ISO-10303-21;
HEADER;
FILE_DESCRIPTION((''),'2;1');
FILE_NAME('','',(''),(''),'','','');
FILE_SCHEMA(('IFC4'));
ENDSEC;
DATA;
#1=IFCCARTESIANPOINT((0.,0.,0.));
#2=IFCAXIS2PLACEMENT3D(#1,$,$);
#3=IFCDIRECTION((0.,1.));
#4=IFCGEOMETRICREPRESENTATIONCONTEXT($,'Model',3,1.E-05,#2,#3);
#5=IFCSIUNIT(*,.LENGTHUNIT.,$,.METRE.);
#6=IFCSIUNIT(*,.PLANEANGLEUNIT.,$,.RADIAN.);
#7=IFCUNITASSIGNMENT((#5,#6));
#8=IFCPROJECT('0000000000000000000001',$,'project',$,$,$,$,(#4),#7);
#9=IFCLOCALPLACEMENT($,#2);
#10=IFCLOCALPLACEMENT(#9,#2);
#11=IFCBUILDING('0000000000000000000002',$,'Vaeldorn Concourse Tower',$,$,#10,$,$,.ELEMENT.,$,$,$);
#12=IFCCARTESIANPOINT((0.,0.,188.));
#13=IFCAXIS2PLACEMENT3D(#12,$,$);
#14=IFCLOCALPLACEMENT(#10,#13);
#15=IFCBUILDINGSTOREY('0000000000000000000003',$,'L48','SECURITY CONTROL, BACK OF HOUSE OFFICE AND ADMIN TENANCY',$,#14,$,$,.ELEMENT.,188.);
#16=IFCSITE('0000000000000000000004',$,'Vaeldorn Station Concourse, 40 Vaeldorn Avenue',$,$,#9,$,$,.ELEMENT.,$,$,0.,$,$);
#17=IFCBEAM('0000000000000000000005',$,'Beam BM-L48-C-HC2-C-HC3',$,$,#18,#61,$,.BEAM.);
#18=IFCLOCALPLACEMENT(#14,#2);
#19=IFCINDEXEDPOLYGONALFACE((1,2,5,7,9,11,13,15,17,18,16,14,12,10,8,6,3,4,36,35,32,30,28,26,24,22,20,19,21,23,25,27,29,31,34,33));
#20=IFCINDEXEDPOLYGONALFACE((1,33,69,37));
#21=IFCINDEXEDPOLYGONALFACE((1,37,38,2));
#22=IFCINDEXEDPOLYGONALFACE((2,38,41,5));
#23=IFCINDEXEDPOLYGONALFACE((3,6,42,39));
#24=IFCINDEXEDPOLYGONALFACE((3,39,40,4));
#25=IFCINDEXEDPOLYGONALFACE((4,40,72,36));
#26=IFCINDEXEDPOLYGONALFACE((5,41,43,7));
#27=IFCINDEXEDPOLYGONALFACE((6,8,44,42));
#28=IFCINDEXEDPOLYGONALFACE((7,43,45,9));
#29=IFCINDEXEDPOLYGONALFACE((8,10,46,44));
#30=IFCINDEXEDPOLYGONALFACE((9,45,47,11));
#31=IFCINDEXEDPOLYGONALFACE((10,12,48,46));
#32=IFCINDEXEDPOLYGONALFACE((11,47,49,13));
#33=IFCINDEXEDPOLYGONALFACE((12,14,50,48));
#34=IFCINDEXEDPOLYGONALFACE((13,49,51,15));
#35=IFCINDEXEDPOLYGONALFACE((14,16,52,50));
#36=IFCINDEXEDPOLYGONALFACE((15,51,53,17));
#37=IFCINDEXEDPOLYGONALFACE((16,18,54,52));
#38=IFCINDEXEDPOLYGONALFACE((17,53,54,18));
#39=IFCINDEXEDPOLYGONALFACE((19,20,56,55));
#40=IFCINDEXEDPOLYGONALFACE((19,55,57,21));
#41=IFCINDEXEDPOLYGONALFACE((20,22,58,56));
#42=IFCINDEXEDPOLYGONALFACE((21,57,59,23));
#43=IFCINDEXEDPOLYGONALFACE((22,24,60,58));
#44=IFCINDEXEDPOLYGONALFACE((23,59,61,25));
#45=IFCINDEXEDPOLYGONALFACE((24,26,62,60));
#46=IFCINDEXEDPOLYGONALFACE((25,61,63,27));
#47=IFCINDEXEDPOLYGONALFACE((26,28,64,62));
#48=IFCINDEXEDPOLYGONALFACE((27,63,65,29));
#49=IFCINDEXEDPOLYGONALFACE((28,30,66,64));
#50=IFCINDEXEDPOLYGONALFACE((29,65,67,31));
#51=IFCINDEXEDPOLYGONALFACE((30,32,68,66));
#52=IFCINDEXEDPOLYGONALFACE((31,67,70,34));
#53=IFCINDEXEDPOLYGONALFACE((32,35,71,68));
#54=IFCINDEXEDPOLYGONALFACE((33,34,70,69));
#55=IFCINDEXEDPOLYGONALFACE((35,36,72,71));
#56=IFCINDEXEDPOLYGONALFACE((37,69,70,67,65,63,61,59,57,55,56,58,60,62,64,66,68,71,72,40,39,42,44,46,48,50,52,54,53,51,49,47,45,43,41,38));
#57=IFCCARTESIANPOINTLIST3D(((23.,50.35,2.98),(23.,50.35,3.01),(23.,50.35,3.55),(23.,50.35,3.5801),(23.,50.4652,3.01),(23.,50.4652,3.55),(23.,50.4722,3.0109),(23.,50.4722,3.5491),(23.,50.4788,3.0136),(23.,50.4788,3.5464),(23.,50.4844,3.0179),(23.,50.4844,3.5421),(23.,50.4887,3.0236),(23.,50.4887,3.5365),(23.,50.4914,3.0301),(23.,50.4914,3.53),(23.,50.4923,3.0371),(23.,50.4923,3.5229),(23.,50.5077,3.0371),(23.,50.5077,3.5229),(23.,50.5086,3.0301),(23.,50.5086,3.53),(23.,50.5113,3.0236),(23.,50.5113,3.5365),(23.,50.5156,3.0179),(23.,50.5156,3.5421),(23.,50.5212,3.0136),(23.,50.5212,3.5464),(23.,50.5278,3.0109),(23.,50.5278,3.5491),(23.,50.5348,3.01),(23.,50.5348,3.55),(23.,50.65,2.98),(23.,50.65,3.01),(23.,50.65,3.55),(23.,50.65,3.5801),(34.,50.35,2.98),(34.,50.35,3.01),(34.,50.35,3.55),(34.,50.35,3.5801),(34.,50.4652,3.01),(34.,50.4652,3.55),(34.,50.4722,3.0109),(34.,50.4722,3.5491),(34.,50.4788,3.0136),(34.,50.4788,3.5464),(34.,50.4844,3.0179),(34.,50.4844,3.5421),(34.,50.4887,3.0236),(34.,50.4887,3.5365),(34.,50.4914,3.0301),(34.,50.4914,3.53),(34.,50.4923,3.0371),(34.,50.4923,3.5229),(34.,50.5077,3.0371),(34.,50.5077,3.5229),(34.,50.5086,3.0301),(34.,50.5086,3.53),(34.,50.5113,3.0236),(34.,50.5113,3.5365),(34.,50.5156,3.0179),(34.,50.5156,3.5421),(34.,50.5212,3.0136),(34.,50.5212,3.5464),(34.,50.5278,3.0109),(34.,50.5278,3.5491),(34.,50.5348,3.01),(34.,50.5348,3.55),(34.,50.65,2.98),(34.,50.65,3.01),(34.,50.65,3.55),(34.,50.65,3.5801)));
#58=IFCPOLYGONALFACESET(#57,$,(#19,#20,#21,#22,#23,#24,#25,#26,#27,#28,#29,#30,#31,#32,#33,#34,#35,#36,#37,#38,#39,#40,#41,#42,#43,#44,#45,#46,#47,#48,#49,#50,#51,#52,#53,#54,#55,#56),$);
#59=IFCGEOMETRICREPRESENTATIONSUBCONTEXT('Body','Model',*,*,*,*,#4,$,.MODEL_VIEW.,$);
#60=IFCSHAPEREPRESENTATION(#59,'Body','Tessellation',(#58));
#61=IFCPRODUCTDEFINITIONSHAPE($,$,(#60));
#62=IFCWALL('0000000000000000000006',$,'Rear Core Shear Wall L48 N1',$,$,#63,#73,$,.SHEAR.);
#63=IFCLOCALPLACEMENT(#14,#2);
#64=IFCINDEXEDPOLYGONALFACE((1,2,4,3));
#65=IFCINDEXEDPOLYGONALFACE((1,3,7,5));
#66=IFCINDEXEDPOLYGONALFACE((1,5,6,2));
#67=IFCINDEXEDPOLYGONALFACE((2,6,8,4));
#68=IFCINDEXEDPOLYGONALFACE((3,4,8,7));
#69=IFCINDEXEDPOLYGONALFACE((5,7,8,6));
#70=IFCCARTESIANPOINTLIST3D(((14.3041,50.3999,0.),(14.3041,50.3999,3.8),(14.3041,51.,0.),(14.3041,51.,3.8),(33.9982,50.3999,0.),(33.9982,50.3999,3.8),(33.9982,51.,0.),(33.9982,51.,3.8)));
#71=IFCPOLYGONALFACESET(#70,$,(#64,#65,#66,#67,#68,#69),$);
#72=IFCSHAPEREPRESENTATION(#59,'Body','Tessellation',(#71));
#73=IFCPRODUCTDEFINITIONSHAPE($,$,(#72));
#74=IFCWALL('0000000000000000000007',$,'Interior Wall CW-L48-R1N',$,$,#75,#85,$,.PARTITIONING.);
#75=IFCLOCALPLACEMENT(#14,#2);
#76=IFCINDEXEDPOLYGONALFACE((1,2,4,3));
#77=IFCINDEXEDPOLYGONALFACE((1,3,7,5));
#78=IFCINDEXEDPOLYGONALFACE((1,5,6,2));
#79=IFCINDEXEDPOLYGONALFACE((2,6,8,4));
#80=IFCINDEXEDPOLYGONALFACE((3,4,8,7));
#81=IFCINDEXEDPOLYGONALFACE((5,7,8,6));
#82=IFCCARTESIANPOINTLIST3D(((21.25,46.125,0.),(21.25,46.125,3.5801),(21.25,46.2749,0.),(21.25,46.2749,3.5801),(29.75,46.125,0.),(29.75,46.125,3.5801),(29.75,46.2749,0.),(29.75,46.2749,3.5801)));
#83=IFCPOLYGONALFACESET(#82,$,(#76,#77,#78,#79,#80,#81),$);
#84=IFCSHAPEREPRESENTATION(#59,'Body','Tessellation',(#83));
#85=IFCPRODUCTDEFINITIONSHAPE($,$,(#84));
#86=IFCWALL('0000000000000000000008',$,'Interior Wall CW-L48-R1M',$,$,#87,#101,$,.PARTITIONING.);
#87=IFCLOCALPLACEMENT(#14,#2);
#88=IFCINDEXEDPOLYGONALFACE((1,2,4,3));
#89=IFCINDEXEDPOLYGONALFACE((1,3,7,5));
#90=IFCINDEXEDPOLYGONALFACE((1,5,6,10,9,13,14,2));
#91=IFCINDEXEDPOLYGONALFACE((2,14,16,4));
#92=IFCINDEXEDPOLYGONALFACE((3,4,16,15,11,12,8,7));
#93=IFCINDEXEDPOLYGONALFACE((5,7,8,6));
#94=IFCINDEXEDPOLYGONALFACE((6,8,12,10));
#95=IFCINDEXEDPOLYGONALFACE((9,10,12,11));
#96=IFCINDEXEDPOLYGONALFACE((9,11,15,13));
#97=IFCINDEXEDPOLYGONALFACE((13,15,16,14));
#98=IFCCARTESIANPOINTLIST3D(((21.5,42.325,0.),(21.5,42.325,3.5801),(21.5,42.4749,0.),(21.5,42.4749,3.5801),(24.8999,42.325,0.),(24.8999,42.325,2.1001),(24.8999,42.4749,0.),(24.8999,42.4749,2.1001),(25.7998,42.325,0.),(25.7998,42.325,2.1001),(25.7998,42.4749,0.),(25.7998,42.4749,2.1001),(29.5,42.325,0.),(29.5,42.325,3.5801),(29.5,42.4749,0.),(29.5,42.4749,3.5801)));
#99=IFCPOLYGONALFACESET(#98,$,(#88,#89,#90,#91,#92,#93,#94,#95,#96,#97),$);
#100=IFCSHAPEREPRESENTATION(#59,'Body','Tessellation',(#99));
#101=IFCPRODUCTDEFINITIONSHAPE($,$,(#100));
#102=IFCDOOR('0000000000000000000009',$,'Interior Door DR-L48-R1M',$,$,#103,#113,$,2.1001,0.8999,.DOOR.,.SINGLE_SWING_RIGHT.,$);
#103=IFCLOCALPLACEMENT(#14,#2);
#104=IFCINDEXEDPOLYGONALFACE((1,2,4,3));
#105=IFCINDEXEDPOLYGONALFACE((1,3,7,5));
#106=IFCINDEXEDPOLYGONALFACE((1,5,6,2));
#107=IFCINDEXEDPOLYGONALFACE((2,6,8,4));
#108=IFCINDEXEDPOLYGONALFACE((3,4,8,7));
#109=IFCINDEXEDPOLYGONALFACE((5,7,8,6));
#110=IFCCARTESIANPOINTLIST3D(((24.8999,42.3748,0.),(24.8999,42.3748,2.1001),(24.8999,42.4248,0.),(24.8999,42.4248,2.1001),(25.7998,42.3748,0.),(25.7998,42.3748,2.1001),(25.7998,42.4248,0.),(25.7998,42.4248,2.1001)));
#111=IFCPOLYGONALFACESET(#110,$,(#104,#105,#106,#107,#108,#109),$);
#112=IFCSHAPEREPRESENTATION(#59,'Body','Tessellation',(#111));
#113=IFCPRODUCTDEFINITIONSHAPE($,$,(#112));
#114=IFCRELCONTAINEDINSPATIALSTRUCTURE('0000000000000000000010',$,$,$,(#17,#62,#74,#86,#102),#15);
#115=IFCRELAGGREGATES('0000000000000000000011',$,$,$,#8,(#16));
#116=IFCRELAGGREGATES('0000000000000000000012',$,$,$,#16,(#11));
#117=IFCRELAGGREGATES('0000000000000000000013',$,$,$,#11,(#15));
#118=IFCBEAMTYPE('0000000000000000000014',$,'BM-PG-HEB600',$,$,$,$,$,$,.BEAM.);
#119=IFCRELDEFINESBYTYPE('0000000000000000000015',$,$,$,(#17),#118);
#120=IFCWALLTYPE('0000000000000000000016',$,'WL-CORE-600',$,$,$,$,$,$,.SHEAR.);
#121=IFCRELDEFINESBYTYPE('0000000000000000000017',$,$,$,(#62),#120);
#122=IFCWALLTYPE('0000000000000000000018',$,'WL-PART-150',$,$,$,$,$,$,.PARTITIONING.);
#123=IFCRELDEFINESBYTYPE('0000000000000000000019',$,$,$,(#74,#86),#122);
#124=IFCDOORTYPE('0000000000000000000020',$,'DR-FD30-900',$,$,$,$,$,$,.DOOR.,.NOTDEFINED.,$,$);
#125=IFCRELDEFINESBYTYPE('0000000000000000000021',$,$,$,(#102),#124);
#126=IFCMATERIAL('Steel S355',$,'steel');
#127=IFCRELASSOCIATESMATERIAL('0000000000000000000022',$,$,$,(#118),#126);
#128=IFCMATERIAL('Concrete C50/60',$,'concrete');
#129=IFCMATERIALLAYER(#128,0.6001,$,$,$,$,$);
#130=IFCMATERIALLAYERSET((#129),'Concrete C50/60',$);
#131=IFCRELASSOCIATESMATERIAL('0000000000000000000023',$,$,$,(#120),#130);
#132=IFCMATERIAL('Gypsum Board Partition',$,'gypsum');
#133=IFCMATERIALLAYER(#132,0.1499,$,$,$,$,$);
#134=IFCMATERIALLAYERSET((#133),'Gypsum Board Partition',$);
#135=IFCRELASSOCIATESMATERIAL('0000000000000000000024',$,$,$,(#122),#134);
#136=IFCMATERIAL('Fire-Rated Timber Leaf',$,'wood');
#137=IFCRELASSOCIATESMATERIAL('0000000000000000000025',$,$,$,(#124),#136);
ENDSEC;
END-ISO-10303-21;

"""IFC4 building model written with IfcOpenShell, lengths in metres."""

from ifc_helpers import new_model, si_unit, direction, frame, frame_2d, origin, origin_2d, place, context, subcontext, project, spatial, rectangle, i_section, extrude, source, transform, mapped, material, layer, layer_set, material_profile, profile_set, type_object, element, fill, save


model = new_model("IFC4")

# Units and contexts
model_context = context("Model", 3, precision=1e-05, world=origin(), true_north=direction((0.0, 1.0)))
body_context = subcontext(model_context, "Body", "Model", "MODEL_VIEW")
ifc_project = project(units=[si_unit("LENGTHUNIT", "METRE"), si_unit("PLANEANGLEUNIT", "RADIAN")], contexts=[model_context])

# Site, building, storey
site_placement = place(None, origin())
site = spatial("IfcSite", under=ifc_project, at=site_placement, Name="Vaeldorn Station Concourse, 40 Vaeldorn Avenue", CompositionType="ELEMENT", RefElevation=0.0)
building_placement = place(site_placement, origin())
building = spatial("IfcBuilding", under=site, at=building_placement, Name="Vaeldorn Concourse Tower", CompositionType="ELEMENT")
storey_placement = place(building_placement, frame((0.0, 0.0, 188.0)))
storey = spatial("IfcBuildingStorey", under=building, at=storey_placement, Name="L48", Description="SECURITY CONTROL, BACK OF HOUSE OFFICE AND ADMIN TENANCY", CompositionType="ELEMENT", Elevation=188.0)

# Beam
ifc_material_1 = material(Name="Steel S355", Category="steel")
ifc_material_profile_1 = material_profile(ifc_material_1, i_section(OverallWidth=0.3, OverallDepth=0.6001, WebThickness=0.0154, FlangeThickness=0.03, FilletRadius=0.0271, at=origin_2d()), Name="HEB 600")
ifc_profile_set_1 = profile_set([ifc_material_profile_1], Name="Steel S355")
beam_type_1 = type_object("IfcBeamType", Name="BM-PG-HEB600", PredefinedType="BEAM", material=ifc_profile_set_1)
shared_shape_1 = source(origin(), body_context, "Body", "SweptSolid", [
    extrude(i_section(OverallWidth=0.3, OverallDepth=0.6001, WebThickness=0.0154, FlangeThickness=0.03, FilletRadius=0.0271, at=origin_2d()), origin(), (0.0, 0.0, 1.0), 11.0),
])
beam_1_placement = place(storey_placement, frame((23.0, 50.5, 3.28), z_axis=(1.0, 0.0, 0.0), x_axis=(0.0, 1.0, 0.0)))
element("IfcBeam", 1, at=beam_1_placement, inside=storey, type_object=beam_type_1, Name="Beam BM-L48-C-HC2-C-HC3", PredefinedType="BEAM", context=body_context, shape_type="MappedRepresentation", body=[
    mapped(shared_shape_1, transform((0.0, 0.0, 0.0), scale=1.0)),
])

# Walls
ifc_material_2 = material(Name="Concrete C50/60", Category="concrete")
ifc_layer_1 = layer(ifc_material_2, 0.6001)
ifc_layer_set_1 = layer_set([ifc_layer_1], Name="Concrete C50/60")
wall_type_1 = type_object("IfcWallType", Name="WL-CORE-600", PredefinedType="SHEAR", material=ifc_layer_set_1)
wall_1_placement = place(storey_placement, frame((14.304, 50.7, 0.0), z_axis=(0.0, 0.0, 1.0), x_axis=(1.0, 0.0, 0.0)))
element("IfcWall", 2, at=wall_1_placement, inside=storey, type_object=wall_type_1, Name="Rear Core Shear Wall L48 N1", PredefinedType="SHEAR", context=body_context, shape_type="SweptSolid", body=[
    extrude(rectangle(XDim=19.6941, YDim=0.6001, at=frame_2d((9.8472, 0.0))), origin(), (0.0, 0.0, 1.0), 3.8),
])
ifc_material_3 = material(Name="Gypsum Board Partition", Category="gypsum")
ifc_layer_2 = layer(ifc_material_3, 0.1499)
ifc_layer_set_2 = layer_set([ifc_layer_2], Name="Gypsum Board Partition")
wall_type_2 = type_object("IfcWallType", Name="WL-PART-150", PredefinedType="PARTITIONING", material=ifc_layer_set_2)
wall_2_placement = place(storey_placement, frame((21.25, 46.2, 0.0), z_axis=(0.0, 0.0, 1.0), x_axis=(1.0, 0.0, 0.0)))
element("IfcWall", 3, at=wall_2_placement, inside=storey, type_object=wall_type_2, Name="Interior Wall CW-L48-R1N", PredefinedType="PARTITIONING", context=body_context, shape_type="SweptSolid", body=[
    extrude(rectangle(XDim=8.5, YDim=0.1499, at=frame_2d((4.25, 0.0))), origin(), (0.0, 0.0, 1.0), 3.5801),
])

# Wall, opening, door
wall_3_placement = place(storey_placement, frame((21.5, 42.3999, 0.0), z_axis=(0.0, 0.0, 1.0), x_axis=(1.0, 0.0, 0.0)))
wall_3 = element("IfcWall", 4, at=wall_3_placement, inside=storey, type_object=wall_type_2, Name="Interior Wall CW-L48-R1M", PredefinedType="PARTITIONING", context=body_context, shape_type="SweptSolid", body=[
    extrude(rectangle(XDim=8.0, YDim=0.1499, at=frame_2d((4.0, 0.0))), origin(), (0.0, 0.0, 1.0), 3.5801),
])
opening_1_placement = place(wall_3_placement, frame((3.3999, 0.0, 0.0)))
opening_1 = element("IfcOpeningElement", 5, at=opening_1_placement, cuts=wall_3, PredefinedType="OPENING", context=body_context, shape_type="SweptSolid", body=[
    extrude(rectangle(XDim=0.8999, YDim=2.1001, at=frame_2d((0.45, 1.05))), frame((0.0, 0.085, 0.0), z_axis=(0.0, -1.0, 0.0), x_axis=(1.0, 0.0, 0.0)), (0.0, 0.0, 1.0), 0.1699),
])
ifc_material_4 = material(Name="Fire-Rated Timber Leaf", Category="wood")
door_type_1 = type_object("IfcDoorType", Name="DR-FD30-900", OperationType="NOTDEFINED", PredefinedType="DOOR", material=ifc_material_4)
shared_shape_2 = source(origin(), body_context, "Body", "SweptSolid", [
    extrude(rectangle(XDim=0.8999, YDim=2.1001, at=frame_2d((0.45, 1.05))), frame((0.0, 0.0249, 0.0), z_axis=(0.0, -1.0, 0.0), x_axis=(1.0, 0.0, 0.0)), (0.0, 0.0, 1.0), 0.05),
])
door_1_placement = place(opening_1_placement, origin())
door_1 = element("IfcDoor", 6, at=door_1_placement, inside=storey, type_object=door_type_1, Name="Interior Door DR-L48-R1M", OperationType="SINGLE_SWING_RIGHT", OverallHeight=2.1001, OverallWidth=0.8999, PredefinedType="DOOR", context=body_context, shape_type="MappedRepresentation", body=[
    mapped(shared_shape_2, transform((0.0, 0.0, 0.0), scale=1.0)),
])
fill(opening_1, door_1)

save(model, "model.ifc")
